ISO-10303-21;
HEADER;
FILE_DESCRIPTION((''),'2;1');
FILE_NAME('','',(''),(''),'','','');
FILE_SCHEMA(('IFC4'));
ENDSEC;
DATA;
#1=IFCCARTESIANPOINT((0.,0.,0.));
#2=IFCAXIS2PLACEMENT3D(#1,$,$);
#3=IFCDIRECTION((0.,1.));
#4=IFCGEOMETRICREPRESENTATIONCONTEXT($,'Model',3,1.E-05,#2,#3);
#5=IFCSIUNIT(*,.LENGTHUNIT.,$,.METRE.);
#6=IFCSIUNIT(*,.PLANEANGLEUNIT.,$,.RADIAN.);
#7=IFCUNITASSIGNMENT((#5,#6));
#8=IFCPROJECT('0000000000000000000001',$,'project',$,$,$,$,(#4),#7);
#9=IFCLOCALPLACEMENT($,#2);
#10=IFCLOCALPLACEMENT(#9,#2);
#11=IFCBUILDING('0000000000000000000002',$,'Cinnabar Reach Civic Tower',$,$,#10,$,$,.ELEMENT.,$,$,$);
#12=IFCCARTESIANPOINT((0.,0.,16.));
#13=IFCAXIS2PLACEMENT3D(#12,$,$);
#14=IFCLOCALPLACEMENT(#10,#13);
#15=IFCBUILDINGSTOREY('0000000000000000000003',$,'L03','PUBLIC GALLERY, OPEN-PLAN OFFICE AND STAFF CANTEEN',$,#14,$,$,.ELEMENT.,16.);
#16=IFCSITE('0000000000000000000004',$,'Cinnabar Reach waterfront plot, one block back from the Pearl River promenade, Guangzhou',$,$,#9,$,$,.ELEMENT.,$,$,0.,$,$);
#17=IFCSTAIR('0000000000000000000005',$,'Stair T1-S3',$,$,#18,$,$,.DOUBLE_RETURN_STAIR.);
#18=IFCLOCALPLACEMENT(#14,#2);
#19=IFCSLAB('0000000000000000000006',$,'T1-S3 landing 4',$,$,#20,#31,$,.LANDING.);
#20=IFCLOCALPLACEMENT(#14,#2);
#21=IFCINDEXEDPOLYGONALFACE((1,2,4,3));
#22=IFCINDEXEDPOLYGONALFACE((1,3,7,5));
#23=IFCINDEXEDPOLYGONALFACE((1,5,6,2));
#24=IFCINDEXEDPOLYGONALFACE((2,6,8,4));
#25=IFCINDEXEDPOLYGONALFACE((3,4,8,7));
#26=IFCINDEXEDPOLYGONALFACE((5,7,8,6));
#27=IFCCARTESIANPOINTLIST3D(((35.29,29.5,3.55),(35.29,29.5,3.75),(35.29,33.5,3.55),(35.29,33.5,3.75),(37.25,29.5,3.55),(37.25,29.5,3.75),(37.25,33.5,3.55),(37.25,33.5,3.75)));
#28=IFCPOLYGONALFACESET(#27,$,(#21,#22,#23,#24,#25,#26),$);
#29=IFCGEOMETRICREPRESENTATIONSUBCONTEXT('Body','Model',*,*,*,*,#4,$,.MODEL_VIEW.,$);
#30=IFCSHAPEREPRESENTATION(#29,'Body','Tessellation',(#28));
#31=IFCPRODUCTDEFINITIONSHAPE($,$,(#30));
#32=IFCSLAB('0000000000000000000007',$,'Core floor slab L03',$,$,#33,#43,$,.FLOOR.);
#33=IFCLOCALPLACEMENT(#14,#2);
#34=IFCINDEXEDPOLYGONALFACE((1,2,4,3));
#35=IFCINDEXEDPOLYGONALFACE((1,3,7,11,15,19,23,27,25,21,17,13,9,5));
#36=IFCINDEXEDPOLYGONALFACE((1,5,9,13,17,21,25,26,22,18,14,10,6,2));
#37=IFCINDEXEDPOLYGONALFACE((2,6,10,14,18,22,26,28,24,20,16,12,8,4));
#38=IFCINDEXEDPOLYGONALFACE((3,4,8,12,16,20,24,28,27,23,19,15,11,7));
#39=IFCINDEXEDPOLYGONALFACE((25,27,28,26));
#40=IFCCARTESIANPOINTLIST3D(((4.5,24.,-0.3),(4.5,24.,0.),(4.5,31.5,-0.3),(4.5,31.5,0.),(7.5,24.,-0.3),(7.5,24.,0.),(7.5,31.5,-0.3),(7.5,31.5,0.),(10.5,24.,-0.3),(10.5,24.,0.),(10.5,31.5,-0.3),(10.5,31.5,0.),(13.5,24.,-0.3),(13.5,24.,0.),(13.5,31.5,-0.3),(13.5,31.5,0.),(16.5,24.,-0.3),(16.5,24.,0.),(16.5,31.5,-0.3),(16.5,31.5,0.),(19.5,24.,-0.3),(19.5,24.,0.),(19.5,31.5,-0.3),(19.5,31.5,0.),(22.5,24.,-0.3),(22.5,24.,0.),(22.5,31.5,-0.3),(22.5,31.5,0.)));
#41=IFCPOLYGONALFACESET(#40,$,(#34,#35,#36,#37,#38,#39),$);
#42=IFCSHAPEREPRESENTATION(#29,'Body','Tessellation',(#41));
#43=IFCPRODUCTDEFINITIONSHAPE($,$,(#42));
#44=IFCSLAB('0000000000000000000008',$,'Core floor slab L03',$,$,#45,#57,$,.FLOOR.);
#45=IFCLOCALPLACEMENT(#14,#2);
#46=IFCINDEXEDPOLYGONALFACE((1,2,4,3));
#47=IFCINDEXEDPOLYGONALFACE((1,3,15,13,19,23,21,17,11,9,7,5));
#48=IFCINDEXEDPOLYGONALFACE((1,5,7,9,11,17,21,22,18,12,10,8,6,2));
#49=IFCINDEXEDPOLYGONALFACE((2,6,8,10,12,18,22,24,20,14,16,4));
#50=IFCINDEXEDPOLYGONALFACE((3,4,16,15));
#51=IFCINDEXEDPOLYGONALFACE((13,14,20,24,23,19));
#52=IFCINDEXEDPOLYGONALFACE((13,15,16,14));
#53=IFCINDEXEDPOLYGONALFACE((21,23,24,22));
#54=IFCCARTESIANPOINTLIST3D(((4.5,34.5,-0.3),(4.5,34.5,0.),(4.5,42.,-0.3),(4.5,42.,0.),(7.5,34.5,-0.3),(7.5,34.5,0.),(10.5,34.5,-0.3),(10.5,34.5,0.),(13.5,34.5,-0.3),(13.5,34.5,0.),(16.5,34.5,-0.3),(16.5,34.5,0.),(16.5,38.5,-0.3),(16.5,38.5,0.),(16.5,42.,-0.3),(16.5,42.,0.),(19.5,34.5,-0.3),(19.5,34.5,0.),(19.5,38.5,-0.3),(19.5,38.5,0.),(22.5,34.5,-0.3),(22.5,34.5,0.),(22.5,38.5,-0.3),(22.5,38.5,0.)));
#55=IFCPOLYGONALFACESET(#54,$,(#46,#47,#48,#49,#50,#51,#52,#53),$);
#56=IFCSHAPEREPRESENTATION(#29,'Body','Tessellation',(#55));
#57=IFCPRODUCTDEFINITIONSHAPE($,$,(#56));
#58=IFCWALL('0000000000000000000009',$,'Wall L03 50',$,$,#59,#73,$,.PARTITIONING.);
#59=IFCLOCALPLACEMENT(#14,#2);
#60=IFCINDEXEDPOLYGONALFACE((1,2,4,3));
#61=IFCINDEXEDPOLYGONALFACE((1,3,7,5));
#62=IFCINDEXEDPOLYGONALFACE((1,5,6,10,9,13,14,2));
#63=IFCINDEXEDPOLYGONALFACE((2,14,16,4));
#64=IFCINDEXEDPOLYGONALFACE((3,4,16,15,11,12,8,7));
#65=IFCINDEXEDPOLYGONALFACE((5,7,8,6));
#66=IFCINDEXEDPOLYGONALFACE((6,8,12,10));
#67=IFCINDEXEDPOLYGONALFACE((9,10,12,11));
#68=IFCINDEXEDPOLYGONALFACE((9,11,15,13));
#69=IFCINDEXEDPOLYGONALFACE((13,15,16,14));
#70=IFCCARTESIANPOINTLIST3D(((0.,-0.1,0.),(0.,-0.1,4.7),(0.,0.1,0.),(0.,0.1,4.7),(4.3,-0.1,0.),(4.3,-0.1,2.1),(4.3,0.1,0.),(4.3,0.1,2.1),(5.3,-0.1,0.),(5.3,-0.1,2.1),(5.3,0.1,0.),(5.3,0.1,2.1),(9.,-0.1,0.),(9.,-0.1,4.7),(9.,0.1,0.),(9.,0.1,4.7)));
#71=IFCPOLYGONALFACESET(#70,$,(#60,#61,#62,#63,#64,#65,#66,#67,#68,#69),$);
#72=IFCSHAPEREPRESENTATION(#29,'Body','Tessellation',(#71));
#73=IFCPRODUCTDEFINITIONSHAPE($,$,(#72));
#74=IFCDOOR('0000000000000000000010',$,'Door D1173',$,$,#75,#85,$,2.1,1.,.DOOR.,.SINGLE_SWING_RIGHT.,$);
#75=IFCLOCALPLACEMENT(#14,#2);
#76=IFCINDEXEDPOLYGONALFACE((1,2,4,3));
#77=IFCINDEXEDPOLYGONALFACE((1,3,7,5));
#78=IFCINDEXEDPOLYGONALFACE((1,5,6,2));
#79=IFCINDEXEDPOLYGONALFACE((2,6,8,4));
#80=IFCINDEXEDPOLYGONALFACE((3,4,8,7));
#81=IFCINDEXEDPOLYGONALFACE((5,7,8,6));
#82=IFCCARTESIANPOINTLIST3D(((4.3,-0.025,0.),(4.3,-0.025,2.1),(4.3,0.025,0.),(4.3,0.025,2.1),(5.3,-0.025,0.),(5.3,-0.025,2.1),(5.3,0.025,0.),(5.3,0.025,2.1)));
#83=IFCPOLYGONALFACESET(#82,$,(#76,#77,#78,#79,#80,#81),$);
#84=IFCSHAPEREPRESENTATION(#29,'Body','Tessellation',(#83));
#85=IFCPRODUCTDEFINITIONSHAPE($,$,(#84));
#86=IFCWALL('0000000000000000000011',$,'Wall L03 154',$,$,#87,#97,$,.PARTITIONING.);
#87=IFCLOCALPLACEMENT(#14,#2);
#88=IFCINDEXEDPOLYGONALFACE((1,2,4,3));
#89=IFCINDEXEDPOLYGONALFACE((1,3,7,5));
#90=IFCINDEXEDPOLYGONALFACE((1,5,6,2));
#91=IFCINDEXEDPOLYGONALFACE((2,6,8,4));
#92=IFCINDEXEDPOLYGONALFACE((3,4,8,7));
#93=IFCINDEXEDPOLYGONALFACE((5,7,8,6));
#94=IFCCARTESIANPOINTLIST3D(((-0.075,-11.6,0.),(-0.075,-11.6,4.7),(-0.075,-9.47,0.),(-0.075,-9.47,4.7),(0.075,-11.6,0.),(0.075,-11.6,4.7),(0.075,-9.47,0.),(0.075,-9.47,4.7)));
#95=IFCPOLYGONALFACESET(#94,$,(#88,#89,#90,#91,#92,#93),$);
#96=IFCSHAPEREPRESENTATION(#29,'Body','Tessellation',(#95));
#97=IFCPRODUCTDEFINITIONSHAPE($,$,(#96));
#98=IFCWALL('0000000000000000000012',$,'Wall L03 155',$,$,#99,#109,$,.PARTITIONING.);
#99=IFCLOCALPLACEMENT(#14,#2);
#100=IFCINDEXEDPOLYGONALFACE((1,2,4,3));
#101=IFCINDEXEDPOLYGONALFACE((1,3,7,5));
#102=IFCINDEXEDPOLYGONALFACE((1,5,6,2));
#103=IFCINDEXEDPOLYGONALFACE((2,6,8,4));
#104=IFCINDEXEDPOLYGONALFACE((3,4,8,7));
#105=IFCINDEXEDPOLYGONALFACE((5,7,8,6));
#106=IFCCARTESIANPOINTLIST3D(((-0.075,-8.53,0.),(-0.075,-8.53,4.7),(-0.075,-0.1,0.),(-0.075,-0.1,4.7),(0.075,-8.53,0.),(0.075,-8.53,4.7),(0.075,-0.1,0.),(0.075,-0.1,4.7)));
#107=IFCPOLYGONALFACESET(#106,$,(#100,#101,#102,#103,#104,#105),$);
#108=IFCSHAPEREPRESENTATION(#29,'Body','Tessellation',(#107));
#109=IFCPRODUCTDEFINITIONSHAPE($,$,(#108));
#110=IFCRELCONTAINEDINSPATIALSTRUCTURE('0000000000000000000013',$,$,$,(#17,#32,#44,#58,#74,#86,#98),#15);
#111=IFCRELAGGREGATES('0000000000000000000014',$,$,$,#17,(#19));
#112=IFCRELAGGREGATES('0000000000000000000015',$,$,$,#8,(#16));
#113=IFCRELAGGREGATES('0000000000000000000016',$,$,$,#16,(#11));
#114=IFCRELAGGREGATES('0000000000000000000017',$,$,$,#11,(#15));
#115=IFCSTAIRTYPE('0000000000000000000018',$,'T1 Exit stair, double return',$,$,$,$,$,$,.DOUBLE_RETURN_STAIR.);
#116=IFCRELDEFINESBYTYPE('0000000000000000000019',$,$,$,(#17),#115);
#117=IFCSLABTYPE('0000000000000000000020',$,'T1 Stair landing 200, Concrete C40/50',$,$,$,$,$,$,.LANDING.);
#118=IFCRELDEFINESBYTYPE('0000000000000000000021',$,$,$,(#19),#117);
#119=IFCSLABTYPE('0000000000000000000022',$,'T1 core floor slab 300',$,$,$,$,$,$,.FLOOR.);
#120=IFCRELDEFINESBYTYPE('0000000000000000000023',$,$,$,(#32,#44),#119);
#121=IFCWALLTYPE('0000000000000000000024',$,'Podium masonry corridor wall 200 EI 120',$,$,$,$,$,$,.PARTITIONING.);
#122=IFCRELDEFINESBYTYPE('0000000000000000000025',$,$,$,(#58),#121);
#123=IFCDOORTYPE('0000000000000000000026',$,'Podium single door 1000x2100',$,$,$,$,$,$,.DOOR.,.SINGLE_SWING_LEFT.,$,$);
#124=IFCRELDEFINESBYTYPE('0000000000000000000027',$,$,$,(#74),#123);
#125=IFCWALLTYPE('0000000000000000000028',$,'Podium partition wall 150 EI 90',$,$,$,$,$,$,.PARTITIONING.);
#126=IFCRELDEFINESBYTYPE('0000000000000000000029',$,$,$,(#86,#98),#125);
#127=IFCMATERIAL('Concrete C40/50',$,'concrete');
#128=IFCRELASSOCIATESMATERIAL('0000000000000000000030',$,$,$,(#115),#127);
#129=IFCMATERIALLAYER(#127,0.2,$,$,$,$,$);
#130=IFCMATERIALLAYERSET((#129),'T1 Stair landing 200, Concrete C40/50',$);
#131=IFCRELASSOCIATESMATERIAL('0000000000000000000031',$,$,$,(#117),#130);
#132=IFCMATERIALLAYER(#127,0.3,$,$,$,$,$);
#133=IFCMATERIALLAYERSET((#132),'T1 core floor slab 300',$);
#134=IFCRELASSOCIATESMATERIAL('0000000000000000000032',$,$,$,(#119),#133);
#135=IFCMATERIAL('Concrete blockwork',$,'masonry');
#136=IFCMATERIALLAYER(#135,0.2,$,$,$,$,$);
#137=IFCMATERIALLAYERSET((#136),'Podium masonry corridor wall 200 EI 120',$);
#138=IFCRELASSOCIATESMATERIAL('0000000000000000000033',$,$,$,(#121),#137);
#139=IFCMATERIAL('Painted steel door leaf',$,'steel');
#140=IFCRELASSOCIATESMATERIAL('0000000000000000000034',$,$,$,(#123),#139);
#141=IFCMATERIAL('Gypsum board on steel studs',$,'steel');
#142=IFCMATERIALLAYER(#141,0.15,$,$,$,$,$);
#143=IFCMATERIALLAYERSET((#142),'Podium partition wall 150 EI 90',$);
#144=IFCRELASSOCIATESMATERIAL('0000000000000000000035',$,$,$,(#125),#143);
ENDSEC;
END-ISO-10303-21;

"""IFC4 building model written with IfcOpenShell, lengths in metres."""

from ifc_helpers import new_model, si_unit, direction, frame, frame_2d, origin, origin_with_axes, place, context, subcontext, project, spatial, polyline, rectangle, outline, extrude, material, layer, layer_set, type_object, element, fill, aggregate, save


model = new_model("IFC4")

# Units and contexts
model_context = context("Model", 3, precision=1e-05, world=origin(), true_north=direction((0.0, 1.0)))
body_context = subcontext(model_context, "Body", "Model", "MODEL_VIEW")
ifc_project = project(units=[si_unit("LENGTHUNIT", "METRE"), si_unit("PLANEANGLEUNIT", "RADIAN")], contexts=[model_context])

# Site, building, storey
site_placement = place(None, origin())
site = spatial("IfcSite", under=ifc_project, at=site_placement, Name="Cinnabar Reach waterfront plot, one block back from the Pearl River promenade, Guangzhou", CompositionType="ELEMENT", RefElevation=0.0)
building_placement = place(site_placement, origin())
building = spatial("IfcBuilding", under=site, at=building_placement, Name="Cinnabar Reach Civic Tower", CompositionType="ELEMENT")
storey_placement = place(building_placement, frame((0.0, 0.0, 16.0)))
storey = spatial("IfcBuildingStorey", under=building, at=storey_placement, Name="L03", Description="PUBLIC GALLERY, OPEN-PLAN OFFICE AND STAFF CANTEEN", CompositionType="ELEMENT", Elevation=16.0)

# Stair, slab
ifc_material_1 = material(Name="Concrete C40/50", Category="concrete")
stair_type_1 = type_object("IfcStairType", Name="T1 Exit stair, double return", PredefinedType="DOUBLE_RETURN_STAIR", material=ifc_material_1)
ifc_layer_1 = layer(ifc_material_1, 0.2)
ifc_layer_set_1 = layer_set([ifc_layer_1], Name="T1 Stair landing 200, Concrete C40/50")
slab_type_1 = type_object("IfcSlabType", Name="T1 Stair landing 200, Concrete C40/50", PredefinedType="LANDING", material=ifc_layer_set_1)
stair_1_placement = place(storey_placement, origin())
stair_1 = element("IfcStair", 1, at=stair_1_placement, inside=storey, type_object=stair_type_1, Name="Stair T1-S3", PredefinedType="DOUBLE_RETURN_STAIR")
slab_1_placement = place(storey_placement, frame((0.0, 0.0, 3.55)))
slab_1 = element("IfcSlab", 2, at=slab_1_placement, type_object=slab_type_1, Name="T1-S3 landing 4", PredefinedType="LANDING", context=body_context, shape_type="SweptSolid", body=[
    extrude(outline(polyline([(35.29, 29.5), (37.25, 29.5), (37.25, 33.5), (35.29, 33.5), (35.29, 29.5)])), origin(), (0.0, 0.0, 1.0), 0.2),
])
aggregate(stair_1, [slab_1])

# Slabs
ifc_layer_2 = layer(ifc_material_1, 0.3)
ifc_layer_set_2 = layer_set([ifc_layer_2], Name="T1 core floor slab 300")
slab_type_2 = type_object("IfcSlabType", Name="T1 core floor slab 300", PredefinedType="FLOOR", material=ifc_layer_set_2)
slab_2_placement = place(storey_placement, frame((0.0, 0.0, -0.3)))
element("IfcSlab", 3, at=slab_2_placement, inside=storey, type_object=slab_type_2, Name="Core floor slab L03", PredefinedType="FLOOR", context=body_context, shape_type="SweptSolid", body=[
    extrude(outline(polyline([(22.5, 24.0), (19.5, 24.0), (16.5, 24.0), (13.5, 24.0), (10.5, 24.0), (7.5, 24.0), (4.5, 24.0), (4.5, 31.5), (7.5, 31.5), (10.5, 31.5), (13.5, 31.5), (16.5, 31.5), (19.5, 31.5), (22.5, 31.5), (22.5, 24.0)])), origin(), (0.0, 0.0, 1.0), 0.3),
])
slab_3_placement = place(storey_placement, frame((0.0, 0.0, -0.3)))
element("IfcSlab", 4, at=slab_3_placement, inside=storey, type_object=slab_type_2, Name="Core floor slab L03", PredefinedType="FLOOR", context=body_context, shape_type="SweptSolid", body=[
    extrude(outline(polyline([(22.5, 34.5), (19.5, 34.5), (16.5, 34.5), (13.5, 34.5), (10.5, 34.5), (7.5, 34.5), (4.5, 34.5), (4.5, 42.0), (16.5, 42.0), (16.5, 38.5), (19.5, 38.5), (22.5, 38.5), (22.5, 34.5)])), origin(), (0.0, 0.0, 1.0), 0.3),
])

# Wall, opening, door
ifc_material_2 = material(Name="Concrete blockwork", Category="masonry")
ifc_layer_3 = layer(ifc_material_2, 0.2)
ifc_layer_set_3 = layer_set([ifc_layer_3], Name="Podium masonry corridor wall 200 EI 120")
wall_type_1 = type_object("IfcWallType", Name="Podium masonry corridor wall 200 EI 120", PredefinedType="PARTITIONING", material=ifc_layer_set_3)
wall_1_placement = place(storey_placement, origin_with_axes())
wall_1 = element("IfcWall", 5, at=wall_1_placement, inside=storey, type_object=wall_type_1, Name="Wall L03 50", PredefinedType="PARTITIONING", context=body_context, shape_type="SweptSolid", body=[
    extrude(rectangle(XDim=9.0, YDim=0.2, at=frame_2d((4.5, 0.0))), origin(), (0.0, 0.0, 1.0), 4.7),
])
opening_placement = place(wall_1_placement, frame((4.3, 0.0, 0.0)))
opening = element("IfcOpeningElement", 6, at=opening_placement, cuts=wall_1, PredefinedType="OPENING", context=body_context, shape_type="SweptSolid", body=[
    extrude(rectangle(XDim=1.0, YDim=2.1, at=frame_2d((0.5, 1.05))), frame((0.0, 0.11, 0.0), z_axis=(0.0, -1.0, 0.0), x_axis=(1.0, 0.0, 0.0)), (0.0, 0.0, 1.0), 0.22),
])
ifc_material_3 = material(Name="Painted steel door leaf", Category="steel")
door_type = type_object("IfcDoorType", Name="Podium single door 1000x2100", OperationType="SINGLE_SWING_LEFT", PredefinedType="DOOR", material=ifc_material_3)
door_placement = place(opening_placement, frame((1.0, 0.0, 0.0), z_axis=(0.0, 0.0, 1.0), x_axis=(-1.0, 0.0, 0.0)))
door = element("IfcDoor", 7, at=door_placement, inside=storey, type_object=door_type, Name="Door D1173", OperationType="SINGLE_SWING_RIGHT", OverallHeight=2.1, OverallWidth=1.0, PredefinedType="DOOR", context=body_context, shape_type="SweptSolid", body=[
    extrude(rectangle(XDim=1.0, YDim=2.1, at=frame_2d((0.5, 1.05))), frame((0.0, 0.025, 0.0), z_axis=(0.0, -1.0, 0.0), x_axis=(1.0, 0.0, 0.0)), (0.0, 0.0, 1.0), 0.05),
])
fill(opening, door)

# Walls
ifc_material_4 = material(Name="Gypsum board on steel studs", Category="steel")
ifc_layer_4 = layer(ifc_material_4, 0.15)
ifc_layer_set_4 = layer_set([ifc_layer_4], Name="Podium partition wall 150 EI 90")
wall_type_2 = type_object("IfcWallType", Name="Podium partition wall 150 EI 90", PredefinedType="PARTITIONING", material=ifc_layer_set_4)
wall_2_placement = place(storey_placement, frame((0.0, -11.6, 0.0), z_axis=(0.0, 0.0, 1.0), x_axis=(0.0, 1.0, 0.0)))
element("IfcWall", 8, at=wall_2_placement, inside=storey, type_object=wall_type_2, Name="Wall L03 154", PredefinedType="PARTITIONING", context=body_context, shape_type="SweptSolid", body=[
    extrude(rectangle(XDim=2.13, YDim=0.15, at=frame_2d((1.065, 0.0))), origin(), (0.0, 0.0, 1.0), 4.7),
])
wall_3_placement = place(storey_placement, frame((0.0, -8.53, 0.0), z_axis=(0.0, 0.0, 1.0), x_axis=(0.0, 1.0, 0.0)))
element("IfcWall", 9, at=wall_3_placement, inside=storey, type_object=wall_type_2, Name="Wall L03 155", PredefinedType="PARTITIONING", context=body_context, shape_type="SweptSolid", body=[
    extrude(rectangle(XDim=8.43, YDim=0.15, at=frame_2d((4.215, 0.0))), origin(), (0.0, 0.0, 1.0), 4.7),
])

save(model, "model.ifc")
